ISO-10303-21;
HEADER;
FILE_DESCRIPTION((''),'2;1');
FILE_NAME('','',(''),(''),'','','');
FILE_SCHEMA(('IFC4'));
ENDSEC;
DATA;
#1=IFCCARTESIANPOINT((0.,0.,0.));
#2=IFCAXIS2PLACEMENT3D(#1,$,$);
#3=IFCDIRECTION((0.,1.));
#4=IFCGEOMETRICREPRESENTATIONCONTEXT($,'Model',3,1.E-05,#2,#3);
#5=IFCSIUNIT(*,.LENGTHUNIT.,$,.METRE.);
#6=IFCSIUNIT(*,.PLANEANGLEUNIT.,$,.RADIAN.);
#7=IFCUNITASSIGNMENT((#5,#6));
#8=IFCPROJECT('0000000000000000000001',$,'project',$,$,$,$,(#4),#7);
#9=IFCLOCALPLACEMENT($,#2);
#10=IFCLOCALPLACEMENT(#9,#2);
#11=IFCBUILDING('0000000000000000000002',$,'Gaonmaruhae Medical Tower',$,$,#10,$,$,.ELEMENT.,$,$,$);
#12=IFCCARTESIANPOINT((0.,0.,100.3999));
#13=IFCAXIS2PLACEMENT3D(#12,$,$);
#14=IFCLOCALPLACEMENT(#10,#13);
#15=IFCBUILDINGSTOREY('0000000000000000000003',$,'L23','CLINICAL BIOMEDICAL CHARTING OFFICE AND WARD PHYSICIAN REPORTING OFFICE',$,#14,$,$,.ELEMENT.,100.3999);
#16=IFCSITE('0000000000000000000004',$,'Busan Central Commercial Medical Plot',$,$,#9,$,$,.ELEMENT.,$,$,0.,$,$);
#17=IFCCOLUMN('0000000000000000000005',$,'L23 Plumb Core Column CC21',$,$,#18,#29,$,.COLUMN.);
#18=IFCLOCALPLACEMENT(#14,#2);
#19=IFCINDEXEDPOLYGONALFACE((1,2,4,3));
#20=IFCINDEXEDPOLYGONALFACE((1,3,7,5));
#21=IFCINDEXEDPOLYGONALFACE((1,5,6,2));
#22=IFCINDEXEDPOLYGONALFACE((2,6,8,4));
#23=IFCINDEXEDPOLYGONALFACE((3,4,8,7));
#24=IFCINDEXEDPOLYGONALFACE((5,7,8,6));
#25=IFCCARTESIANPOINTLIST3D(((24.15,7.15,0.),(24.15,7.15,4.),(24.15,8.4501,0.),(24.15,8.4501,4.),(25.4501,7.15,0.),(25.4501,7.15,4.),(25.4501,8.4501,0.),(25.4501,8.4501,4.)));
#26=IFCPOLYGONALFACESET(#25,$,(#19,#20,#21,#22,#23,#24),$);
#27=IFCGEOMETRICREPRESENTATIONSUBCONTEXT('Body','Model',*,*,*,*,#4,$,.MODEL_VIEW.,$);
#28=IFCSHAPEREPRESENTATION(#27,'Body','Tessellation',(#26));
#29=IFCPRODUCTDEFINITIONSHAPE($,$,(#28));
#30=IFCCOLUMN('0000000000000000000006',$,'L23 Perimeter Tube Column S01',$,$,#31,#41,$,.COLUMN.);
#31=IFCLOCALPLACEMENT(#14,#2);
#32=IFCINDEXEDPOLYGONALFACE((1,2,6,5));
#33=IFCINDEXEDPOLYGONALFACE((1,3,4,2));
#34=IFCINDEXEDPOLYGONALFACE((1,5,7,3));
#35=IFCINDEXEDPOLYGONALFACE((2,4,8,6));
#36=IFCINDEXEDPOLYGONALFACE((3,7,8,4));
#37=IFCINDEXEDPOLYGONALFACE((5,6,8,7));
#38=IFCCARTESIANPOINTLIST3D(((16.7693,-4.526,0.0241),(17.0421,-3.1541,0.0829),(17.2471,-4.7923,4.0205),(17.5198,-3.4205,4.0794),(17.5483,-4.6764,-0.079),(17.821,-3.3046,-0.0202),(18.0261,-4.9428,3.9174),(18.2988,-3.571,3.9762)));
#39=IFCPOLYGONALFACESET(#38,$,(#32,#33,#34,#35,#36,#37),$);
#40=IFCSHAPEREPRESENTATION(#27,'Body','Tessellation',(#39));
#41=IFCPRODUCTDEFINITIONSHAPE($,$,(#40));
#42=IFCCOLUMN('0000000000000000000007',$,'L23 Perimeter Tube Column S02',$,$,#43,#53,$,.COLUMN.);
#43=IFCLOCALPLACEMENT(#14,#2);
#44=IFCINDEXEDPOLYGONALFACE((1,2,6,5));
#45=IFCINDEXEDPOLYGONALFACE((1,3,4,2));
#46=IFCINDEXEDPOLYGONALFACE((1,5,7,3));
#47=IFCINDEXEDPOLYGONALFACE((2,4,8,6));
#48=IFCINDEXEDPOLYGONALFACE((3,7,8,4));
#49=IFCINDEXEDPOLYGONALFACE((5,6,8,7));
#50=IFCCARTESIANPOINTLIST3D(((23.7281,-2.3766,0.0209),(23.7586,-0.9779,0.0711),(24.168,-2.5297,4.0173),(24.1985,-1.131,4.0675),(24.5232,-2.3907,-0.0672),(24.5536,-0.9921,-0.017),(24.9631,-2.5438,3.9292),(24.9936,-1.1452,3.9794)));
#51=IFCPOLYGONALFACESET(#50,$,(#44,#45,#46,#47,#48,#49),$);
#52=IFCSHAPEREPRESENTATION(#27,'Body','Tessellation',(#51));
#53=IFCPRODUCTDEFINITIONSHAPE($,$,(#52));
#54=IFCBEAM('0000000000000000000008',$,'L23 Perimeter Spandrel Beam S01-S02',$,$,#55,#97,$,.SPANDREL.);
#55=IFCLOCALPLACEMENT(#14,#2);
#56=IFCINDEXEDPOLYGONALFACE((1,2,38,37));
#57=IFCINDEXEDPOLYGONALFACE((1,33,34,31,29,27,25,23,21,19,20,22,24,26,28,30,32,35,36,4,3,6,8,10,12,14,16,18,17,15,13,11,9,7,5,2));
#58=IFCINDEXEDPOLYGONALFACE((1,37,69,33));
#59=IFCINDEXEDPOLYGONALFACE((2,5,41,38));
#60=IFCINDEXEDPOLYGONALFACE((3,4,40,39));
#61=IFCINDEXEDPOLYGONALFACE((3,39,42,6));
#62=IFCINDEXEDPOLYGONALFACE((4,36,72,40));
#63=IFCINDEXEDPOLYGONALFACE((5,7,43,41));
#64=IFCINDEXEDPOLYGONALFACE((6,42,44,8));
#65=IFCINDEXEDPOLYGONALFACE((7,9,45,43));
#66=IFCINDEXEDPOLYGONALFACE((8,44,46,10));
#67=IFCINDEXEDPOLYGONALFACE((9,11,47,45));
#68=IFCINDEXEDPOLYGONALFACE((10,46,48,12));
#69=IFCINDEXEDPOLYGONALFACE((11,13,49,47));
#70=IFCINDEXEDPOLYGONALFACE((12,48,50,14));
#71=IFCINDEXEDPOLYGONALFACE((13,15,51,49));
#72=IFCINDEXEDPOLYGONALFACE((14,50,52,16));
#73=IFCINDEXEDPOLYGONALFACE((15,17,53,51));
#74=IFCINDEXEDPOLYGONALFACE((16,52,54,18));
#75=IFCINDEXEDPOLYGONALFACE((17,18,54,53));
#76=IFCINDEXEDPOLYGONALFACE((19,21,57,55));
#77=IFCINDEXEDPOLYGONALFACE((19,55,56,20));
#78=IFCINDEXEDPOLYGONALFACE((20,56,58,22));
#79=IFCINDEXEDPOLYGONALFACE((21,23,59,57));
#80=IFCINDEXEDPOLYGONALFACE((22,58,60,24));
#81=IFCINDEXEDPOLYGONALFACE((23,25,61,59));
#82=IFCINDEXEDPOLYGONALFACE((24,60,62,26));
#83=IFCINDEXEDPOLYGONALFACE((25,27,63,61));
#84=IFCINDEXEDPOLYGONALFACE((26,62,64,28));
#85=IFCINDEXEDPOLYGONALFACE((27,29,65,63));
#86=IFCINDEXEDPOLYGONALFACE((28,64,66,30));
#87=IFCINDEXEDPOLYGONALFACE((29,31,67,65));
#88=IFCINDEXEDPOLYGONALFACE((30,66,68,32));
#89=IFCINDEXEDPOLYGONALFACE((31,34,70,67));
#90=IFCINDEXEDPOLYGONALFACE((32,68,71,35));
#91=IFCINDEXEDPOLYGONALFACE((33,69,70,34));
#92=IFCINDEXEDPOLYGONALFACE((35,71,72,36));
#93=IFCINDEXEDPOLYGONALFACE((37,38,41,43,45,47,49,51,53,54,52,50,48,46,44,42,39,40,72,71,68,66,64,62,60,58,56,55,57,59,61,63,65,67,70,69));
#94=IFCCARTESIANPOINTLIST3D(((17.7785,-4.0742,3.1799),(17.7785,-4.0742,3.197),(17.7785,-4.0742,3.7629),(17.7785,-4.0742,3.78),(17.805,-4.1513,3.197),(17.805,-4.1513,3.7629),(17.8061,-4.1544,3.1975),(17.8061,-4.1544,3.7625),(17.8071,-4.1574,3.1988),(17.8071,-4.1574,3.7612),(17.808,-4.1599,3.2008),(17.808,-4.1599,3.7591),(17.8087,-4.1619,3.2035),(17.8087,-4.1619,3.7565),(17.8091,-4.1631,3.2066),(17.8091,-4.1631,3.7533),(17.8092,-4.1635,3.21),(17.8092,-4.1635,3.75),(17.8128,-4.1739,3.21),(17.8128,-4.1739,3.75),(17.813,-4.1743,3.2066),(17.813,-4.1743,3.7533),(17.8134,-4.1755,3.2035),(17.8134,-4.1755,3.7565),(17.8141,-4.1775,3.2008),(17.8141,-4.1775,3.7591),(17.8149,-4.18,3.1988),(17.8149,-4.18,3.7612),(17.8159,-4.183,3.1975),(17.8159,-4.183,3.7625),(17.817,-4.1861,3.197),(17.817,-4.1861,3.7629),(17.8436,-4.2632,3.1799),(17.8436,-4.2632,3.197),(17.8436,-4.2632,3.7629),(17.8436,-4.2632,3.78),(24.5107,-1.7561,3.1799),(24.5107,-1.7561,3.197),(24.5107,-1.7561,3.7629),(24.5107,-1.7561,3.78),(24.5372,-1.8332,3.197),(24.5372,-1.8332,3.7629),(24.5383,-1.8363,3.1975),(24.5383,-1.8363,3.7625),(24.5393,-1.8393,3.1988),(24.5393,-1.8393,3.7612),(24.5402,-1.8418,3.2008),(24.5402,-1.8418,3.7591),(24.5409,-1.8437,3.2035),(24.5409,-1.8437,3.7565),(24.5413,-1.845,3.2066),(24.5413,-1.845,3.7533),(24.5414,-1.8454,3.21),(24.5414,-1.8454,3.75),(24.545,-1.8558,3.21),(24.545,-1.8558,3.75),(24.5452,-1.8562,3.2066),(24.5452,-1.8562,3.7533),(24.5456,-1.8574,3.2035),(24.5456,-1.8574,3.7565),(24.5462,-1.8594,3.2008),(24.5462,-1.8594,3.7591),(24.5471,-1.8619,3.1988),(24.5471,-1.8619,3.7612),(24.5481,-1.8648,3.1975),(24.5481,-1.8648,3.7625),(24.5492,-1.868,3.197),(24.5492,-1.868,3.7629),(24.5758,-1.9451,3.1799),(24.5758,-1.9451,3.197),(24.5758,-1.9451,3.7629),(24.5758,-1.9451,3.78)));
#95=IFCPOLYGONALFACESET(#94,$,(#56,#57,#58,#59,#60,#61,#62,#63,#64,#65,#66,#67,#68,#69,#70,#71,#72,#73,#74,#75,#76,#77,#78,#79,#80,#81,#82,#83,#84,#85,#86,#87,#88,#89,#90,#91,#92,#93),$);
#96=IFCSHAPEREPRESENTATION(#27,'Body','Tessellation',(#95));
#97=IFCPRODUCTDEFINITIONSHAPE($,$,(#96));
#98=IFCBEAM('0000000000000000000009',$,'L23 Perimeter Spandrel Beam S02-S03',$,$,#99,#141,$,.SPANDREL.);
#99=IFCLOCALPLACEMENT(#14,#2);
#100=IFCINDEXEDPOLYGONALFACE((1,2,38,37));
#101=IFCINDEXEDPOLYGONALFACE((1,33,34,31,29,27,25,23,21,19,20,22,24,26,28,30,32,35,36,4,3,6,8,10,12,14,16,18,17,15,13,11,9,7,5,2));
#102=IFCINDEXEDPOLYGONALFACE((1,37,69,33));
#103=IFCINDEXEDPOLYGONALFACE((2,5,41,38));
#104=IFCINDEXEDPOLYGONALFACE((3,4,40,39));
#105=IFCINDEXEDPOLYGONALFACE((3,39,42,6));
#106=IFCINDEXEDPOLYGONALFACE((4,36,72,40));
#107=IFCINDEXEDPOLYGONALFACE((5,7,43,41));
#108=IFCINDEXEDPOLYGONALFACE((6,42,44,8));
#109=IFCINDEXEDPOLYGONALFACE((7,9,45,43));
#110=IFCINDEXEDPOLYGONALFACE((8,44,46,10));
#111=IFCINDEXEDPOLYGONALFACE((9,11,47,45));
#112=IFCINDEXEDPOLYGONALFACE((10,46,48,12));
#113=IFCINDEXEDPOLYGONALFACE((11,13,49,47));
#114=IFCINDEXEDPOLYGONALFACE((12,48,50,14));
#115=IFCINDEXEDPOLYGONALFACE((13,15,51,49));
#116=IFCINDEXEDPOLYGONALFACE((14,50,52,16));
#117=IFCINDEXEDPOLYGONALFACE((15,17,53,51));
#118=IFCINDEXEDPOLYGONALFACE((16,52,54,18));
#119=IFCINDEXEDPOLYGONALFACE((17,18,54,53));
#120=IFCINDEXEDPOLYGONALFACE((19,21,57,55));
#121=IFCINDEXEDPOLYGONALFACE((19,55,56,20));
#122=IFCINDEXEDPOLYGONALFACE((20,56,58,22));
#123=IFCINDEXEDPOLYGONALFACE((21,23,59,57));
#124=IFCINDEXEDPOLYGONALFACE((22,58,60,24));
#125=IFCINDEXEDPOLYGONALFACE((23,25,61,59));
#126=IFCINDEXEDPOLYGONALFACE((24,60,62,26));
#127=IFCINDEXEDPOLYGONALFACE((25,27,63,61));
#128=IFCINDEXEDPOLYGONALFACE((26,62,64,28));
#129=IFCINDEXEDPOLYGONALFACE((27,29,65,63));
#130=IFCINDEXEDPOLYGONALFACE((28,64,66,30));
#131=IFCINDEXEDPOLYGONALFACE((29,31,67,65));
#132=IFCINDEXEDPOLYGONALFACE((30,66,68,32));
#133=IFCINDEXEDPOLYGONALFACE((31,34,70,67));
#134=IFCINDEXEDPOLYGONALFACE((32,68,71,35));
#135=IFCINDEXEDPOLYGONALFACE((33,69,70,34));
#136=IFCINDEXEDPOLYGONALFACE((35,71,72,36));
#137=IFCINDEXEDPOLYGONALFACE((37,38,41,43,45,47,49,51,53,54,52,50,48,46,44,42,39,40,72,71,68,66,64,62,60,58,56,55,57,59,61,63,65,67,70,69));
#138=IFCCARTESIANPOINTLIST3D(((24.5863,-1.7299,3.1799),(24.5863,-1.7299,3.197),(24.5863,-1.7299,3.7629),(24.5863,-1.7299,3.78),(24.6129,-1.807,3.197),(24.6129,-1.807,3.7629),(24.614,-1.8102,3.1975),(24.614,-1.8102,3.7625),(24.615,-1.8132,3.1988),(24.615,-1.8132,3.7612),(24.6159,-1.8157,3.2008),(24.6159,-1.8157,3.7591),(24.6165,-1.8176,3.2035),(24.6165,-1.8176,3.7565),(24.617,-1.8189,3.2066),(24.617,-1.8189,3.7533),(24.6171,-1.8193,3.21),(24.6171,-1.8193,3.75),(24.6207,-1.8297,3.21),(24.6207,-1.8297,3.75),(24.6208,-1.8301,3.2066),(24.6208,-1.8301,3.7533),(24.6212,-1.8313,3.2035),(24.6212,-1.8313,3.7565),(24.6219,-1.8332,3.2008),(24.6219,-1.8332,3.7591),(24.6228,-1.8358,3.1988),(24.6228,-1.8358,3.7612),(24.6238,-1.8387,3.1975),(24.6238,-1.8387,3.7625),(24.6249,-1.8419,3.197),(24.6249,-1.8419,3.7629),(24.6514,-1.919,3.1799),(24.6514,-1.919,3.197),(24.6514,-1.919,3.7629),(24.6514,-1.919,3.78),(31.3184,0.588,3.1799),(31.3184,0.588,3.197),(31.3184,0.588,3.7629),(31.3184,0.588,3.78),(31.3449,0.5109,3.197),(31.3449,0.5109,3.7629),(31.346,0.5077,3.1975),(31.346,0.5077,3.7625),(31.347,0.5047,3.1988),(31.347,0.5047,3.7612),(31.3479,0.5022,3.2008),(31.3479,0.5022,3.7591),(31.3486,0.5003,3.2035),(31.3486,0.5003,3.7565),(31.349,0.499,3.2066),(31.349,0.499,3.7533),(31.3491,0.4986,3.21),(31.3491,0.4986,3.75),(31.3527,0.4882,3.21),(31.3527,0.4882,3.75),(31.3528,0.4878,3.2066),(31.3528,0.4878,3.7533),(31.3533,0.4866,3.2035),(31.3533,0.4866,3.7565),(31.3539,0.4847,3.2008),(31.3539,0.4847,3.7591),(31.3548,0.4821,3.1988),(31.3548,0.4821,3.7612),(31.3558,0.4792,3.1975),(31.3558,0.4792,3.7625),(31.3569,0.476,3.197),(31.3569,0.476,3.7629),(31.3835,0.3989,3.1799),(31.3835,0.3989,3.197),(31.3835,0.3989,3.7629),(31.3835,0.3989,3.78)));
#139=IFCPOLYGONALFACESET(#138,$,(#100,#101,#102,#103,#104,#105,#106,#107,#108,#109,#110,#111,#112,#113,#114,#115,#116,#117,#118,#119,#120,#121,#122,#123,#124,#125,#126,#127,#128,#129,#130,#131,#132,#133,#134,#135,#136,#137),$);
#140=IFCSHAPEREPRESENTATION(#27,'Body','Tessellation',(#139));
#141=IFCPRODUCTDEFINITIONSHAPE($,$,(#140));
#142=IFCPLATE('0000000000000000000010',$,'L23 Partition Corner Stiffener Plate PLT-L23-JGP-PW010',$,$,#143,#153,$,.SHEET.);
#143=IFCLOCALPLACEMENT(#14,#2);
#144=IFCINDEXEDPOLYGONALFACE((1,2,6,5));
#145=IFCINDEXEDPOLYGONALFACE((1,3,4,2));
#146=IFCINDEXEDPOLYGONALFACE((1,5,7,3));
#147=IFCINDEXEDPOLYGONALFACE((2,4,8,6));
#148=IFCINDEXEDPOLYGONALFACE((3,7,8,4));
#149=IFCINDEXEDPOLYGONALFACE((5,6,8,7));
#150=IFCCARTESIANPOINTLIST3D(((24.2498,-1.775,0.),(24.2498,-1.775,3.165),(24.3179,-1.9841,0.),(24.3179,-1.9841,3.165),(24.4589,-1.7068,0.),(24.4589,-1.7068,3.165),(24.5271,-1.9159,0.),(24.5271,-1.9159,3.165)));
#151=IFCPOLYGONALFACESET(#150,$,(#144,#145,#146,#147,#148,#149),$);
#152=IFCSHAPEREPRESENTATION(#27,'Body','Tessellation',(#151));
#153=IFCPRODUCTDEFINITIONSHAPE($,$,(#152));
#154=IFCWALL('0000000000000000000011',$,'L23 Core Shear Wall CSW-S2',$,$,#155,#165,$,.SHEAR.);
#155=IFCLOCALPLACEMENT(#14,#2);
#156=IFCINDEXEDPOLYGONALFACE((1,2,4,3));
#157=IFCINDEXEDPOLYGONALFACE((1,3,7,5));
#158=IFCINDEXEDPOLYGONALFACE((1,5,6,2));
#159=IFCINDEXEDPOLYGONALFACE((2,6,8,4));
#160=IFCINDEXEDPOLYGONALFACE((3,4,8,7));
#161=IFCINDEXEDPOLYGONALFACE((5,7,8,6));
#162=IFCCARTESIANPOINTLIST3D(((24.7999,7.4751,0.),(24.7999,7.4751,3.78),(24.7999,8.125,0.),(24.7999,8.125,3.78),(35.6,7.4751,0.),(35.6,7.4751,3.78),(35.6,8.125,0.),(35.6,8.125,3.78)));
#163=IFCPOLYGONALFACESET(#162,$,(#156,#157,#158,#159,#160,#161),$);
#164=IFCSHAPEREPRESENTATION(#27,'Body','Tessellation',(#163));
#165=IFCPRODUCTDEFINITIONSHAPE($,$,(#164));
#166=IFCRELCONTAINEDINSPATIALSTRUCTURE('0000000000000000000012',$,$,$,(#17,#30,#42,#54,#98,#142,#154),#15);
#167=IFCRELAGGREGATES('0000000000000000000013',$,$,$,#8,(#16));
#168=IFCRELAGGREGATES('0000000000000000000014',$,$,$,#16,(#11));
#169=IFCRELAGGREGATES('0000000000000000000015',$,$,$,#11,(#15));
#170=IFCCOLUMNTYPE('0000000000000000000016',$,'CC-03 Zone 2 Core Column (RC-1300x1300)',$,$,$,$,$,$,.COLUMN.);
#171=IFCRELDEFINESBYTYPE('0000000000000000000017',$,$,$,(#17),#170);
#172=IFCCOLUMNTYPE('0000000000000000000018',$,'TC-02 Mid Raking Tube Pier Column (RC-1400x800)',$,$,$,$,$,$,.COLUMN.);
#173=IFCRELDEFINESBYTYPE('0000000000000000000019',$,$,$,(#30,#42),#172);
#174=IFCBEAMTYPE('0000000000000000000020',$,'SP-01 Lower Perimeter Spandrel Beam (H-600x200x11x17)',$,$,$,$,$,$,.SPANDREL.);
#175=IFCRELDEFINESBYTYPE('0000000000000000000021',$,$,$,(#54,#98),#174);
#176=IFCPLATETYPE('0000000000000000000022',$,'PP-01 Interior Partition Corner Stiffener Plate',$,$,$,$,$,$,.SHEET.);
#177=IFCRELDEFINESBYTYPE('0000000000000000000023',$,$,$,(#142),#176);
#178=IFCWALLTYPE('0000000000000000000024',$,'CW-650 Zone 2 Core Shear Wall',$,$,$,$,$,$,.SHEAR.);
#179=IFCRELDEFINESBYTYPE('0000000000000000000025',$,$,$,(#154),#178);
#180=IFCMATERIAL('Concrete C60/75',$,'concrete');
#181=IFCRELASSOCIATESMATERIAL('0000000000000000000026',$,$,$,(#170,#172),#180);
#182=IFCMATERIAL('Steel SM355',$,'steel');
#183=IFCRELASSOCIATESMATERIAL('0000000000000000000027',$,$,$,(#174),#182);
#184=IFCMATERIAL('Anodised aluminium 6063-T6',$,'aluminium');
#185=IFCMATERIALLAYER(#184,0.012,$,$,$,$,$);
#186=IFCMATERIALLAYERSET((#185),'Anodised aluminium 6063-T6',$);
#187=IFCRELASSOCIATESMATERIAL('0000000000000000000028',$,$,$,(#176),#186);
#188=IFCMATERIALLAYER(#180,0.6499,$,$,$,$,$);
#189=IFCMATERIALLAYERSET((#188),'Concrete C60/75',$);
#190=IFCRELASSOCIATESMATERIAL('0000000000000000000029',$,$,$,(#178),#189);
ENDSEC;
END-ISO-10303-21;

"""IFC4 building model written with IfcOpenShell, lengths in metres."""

from ifc_helpers import new_model, si_unit, direction, frame, frame_2d, origin, origin_2d, place, context, subcontext, project, spatial, rectangle, i_section, extrude, material, layer, layer_set, material_profile, profile_set, type_object, element, save


model = new_model("IFC4")

# Units and contexts
model_context = context("Model", 3, precision=1e-05, world=origin(), true_north=direction((0.0, 1.0)))
body_context = subcontext(model_context, "Body", "Model", "MODEL_VIEW")
ifc_project = project(units=[si_unit("LENGTHUNIT", "METRE"), si_unit("PLANEANGLEUNIT", "RADIAN")], contexts=[model_context])

# Site, building, storey
site_placement = place(None, origin())
site = spatial("IfcSite", under=ifc_project, at=site_placement, Name="Busan Central Commercial Medical Plot", CompositionType="ELEMENT", RefElevation=0.0)
building_placement = place(site_placement, origin())
building = spatial("IfcBuilding", under=site, at=building_placement, Name="Gaonmaruhae Medical Tower", CompositionType="ELEMENT")
storey_placement = place(building_placement, frame((0.0, 0.0, 100.3999)))
storey = spatial("IfcBuildingStorey", under=building, at=storey_placement, Name="L23", Description="CLINICAL BIOMEDICAL CHARTING OFFICE AND WARD PHYSICIAN REPORTING OFFICE", CompositionType="ELEMENT", Elevation=100.3999)

# Columns
ifc_material_1 = material(Name="Concrete C60/75", Category="concrete")
ifc_material_profile_1 = material_profile(ifc_material_1, rectangle(XDim=1.3, YDim=1.3, at=origin_2d()), Name="RC-1300x1300")
ifc_profile_set_1 = profile_set([ifc_material_profile_1], Name="Concrete C60/75")
column_type_1 = type_object("IfcColumnType", Name="CC-03 Zone 2 Core Column (RC-1300x1300)", PredefinedType="COLUMN", material=ifc_profile_set_1)
column_1_placement = place(storey_placement, frame((24.8, 7.8, 0.0), z_axis=(0.0, 0.0, 1.0), x_axis=(1.0, 0.0, 0.0)))
element("IfcColumn", 1, at=column_1_placement, inside=storey, type_object=column_type_1, Name="L23 Plumb Core Column CC21", PredefinedType="COLUMN", context=body_context, shape_type="SweptSolid", body=[
    extrude(rectangle(XDim=1.3, YDim=1.3, at=origin_2d()), origin(), (0.0, 0.0, 1.0), 4.0),
])
ifc_material_profile_2 = material_profile(ifc_material_1, rectangle(XDim=1.3999, YDim=0.8, at=origin_2d()), Name="RC-1400x800")
ifc_profile_set_2 = profile_set([ifc_material_profile_2], Name="Concrete C60/75")
column_type_2 = type_object("IfcColumnType", Name="TC-02 Mid Raking Tube Pier Column (RC-1400x800)", PredefinedType="COLUMN", material=ifc_profile_set_2)
column_2_placement = place(storey_placement, frame((17.2952, -3.9153, 0.002), z_axis=(0.118451, -0.066035, 0.990762), x_axis=(0.194835, 0.979936, 0.04202)))
element("IfcColumn", 2, at=column_2_placement, inside=storey, type_object=column_type_2, Name="L23 Perimeter Tube Column S01", PredefinedType="COLUMN", context=body_context, shape_type="SweptSolid", body=[
    extrude(rectangle(XDim=1.3999, YDim=0.8, at=origin_2d()), origin(), (0.0, 0.0, 1.0), 4.0337),
])
column_3_placement = place(storey_placement, frame((24.1409, -1.6843, 0.002), z_axis=(0.109346, -0.038047, 0.993275), x_axis=(0.021779, 0.999119, 0.035873)))
element("IfcColumn", 3, at=column_3_placement, inside=storey, type_object=column_type_2, Name="L23 Perimeter Tube Column S02", PredefinedType="COLUMN", context=body_context, shape_type="SweptSolid", body=[
    extrude(rectangle(XDim=1.3999, YDim=0.8, at=origin_2d()), origin(), (0.0, 0.0, 1.0), 4.0234),
])

# Beams
ifc_material_2 = material(Name="Steel SM355", Category="steel")
ifc_material_profile_3 = material_profile(ifc_material_2, i_section(OverallWidth=0.2, OverallDepth=0.6001, WebThickness=0.011, FlangeThickness=0.0171, FilletRadius=0.0129, at=origin_2d()), Name="H-600x200x11x17")
ifc_profile_set_3 = profile_set([ifc_material_profile_3], Name="Steel SM355")
beam_type = type_object("IfcBeamType", Name="SP-01 Lower Perimeter Spandrel Beam (H-600x200x11x17)", PredefinedType="SPANDREL", material=ifc_profile_set_3)
beam_1_placement = place(storey_placement, frame((17.811, -4.1687, 3.48), z_axis=(0.945517, 0.325573, 0.0), x_axis=(-0.325573, 0.945517, 0.0)))
element("IfcBeam", 4, at=beam_1_placement, inside=storey, type_object=beam_type, Name="L23 Perimeter Spandrel Beam S01-S02", PredefinedType="SPANDREL", context=body_context, shape_type="SweptSolid", body=[
    extrude(i_section(OverallWidth=0.2, OverallDepth=0.6001, WebThickness=0.011, FlangeThickness=0.0171, FilletRadius=0.0129, at=origin_2d()), origin(), (0.0, 0.0, 1.0), 7.1201),
])
beam_2_placement = place(storey_placement, frame((24.6189, -1.8245, 3.48), z_axis=(0.945524, 0.325553, 0.0), x_axis=(-0.325553, 0.945524, 0.0)))
element("IfcBeam", 5, at=beam_2_placement, inside=storey, type_object=beam_type, Name="L23 Perimeter Spandrel Beam S02-S03", PredefinedType="SPANDREL", context=body_context, shape_type="SweptSolid", body=[
    extrude(i_section(OverallWidth=0.2, OverallDepth=0.6001, WebThickness=0.011, FlangeThickness=0.0171, FilletRadius=0.0129, at=origin_2d()), origin(), (0.0, 0.0, 1.0), 7.1199),
])

# Plate
ifc_material_3 = material(Name="Anodised aluminium 6063-T6", Category="aluminium")
ifc_layer_1 = layer(ifc_material_3, 0.012)
ifc_layer_set_1 = layer_set([ifc_layer_1], Name="Anodised aluminium 6063-T6")
plate_type = type_object("IfcPlateType", Name="PP-01 Interior Partition Corner Stiffener Plate", PredefinedType="SHEET", material=ifc_layer_set_1)
plate_placement = place(storey_placement, frame((24.3884, -1.8455, 0.0), z_axis=(0.0, 0.0, 1.0), x_axis=(-0.950765, -0.309913, 0.0)))
element("IfcPlate", 6, at=plate_placement, inside=storey, type_object=plate_type, Name="L23 Partition Corner Stiffener Plate PLT-L23-JGP-PW010", PredefinedType="SHEET", context=body_context, shape_type="SweptSolid", body=[
    extrude(rectangle(XDim=0.22, YDim=0.22, at=origin_2d()), origin(), (0.0, 0.0, 1.0), 3.165),
])

# Wall
ifc_layer_2 = layer(ifc_material_1, 0.6499)
ifc_layer_set_2 = layer_set([ifc_layer_2], Name="Concrete C60/75")
wall_type_1 = type_object("IfcWallType", Name="CW-650 Zone 2 Core Shear Wall", PredefinedType="SHEAR", material=ifc_layer_set_2)
wall_1_placement = place(storey_placement, frame((24.8, 7.8, 0.0), z_axis=(0.0, 0.0, 1.0), x_axis=(1.0, 0.0, 0.0)))
element("IfcWall", 7, at=wall_1_placement, inside=storey, type_object=wall_type_1, Name="L23 Core Shear Wall CSW-S2", PredefinedType="SHEAR", context=body_context, shape_type="SweptSolid", body=[
    extrude(rectangle(XDim=10.8, YDim=0.6499, at=frame_2d((5.3999, 0.0))), origin(), (0.0, 0.0, 1.0), 3.78),
])

save(model, "model.ifc")
